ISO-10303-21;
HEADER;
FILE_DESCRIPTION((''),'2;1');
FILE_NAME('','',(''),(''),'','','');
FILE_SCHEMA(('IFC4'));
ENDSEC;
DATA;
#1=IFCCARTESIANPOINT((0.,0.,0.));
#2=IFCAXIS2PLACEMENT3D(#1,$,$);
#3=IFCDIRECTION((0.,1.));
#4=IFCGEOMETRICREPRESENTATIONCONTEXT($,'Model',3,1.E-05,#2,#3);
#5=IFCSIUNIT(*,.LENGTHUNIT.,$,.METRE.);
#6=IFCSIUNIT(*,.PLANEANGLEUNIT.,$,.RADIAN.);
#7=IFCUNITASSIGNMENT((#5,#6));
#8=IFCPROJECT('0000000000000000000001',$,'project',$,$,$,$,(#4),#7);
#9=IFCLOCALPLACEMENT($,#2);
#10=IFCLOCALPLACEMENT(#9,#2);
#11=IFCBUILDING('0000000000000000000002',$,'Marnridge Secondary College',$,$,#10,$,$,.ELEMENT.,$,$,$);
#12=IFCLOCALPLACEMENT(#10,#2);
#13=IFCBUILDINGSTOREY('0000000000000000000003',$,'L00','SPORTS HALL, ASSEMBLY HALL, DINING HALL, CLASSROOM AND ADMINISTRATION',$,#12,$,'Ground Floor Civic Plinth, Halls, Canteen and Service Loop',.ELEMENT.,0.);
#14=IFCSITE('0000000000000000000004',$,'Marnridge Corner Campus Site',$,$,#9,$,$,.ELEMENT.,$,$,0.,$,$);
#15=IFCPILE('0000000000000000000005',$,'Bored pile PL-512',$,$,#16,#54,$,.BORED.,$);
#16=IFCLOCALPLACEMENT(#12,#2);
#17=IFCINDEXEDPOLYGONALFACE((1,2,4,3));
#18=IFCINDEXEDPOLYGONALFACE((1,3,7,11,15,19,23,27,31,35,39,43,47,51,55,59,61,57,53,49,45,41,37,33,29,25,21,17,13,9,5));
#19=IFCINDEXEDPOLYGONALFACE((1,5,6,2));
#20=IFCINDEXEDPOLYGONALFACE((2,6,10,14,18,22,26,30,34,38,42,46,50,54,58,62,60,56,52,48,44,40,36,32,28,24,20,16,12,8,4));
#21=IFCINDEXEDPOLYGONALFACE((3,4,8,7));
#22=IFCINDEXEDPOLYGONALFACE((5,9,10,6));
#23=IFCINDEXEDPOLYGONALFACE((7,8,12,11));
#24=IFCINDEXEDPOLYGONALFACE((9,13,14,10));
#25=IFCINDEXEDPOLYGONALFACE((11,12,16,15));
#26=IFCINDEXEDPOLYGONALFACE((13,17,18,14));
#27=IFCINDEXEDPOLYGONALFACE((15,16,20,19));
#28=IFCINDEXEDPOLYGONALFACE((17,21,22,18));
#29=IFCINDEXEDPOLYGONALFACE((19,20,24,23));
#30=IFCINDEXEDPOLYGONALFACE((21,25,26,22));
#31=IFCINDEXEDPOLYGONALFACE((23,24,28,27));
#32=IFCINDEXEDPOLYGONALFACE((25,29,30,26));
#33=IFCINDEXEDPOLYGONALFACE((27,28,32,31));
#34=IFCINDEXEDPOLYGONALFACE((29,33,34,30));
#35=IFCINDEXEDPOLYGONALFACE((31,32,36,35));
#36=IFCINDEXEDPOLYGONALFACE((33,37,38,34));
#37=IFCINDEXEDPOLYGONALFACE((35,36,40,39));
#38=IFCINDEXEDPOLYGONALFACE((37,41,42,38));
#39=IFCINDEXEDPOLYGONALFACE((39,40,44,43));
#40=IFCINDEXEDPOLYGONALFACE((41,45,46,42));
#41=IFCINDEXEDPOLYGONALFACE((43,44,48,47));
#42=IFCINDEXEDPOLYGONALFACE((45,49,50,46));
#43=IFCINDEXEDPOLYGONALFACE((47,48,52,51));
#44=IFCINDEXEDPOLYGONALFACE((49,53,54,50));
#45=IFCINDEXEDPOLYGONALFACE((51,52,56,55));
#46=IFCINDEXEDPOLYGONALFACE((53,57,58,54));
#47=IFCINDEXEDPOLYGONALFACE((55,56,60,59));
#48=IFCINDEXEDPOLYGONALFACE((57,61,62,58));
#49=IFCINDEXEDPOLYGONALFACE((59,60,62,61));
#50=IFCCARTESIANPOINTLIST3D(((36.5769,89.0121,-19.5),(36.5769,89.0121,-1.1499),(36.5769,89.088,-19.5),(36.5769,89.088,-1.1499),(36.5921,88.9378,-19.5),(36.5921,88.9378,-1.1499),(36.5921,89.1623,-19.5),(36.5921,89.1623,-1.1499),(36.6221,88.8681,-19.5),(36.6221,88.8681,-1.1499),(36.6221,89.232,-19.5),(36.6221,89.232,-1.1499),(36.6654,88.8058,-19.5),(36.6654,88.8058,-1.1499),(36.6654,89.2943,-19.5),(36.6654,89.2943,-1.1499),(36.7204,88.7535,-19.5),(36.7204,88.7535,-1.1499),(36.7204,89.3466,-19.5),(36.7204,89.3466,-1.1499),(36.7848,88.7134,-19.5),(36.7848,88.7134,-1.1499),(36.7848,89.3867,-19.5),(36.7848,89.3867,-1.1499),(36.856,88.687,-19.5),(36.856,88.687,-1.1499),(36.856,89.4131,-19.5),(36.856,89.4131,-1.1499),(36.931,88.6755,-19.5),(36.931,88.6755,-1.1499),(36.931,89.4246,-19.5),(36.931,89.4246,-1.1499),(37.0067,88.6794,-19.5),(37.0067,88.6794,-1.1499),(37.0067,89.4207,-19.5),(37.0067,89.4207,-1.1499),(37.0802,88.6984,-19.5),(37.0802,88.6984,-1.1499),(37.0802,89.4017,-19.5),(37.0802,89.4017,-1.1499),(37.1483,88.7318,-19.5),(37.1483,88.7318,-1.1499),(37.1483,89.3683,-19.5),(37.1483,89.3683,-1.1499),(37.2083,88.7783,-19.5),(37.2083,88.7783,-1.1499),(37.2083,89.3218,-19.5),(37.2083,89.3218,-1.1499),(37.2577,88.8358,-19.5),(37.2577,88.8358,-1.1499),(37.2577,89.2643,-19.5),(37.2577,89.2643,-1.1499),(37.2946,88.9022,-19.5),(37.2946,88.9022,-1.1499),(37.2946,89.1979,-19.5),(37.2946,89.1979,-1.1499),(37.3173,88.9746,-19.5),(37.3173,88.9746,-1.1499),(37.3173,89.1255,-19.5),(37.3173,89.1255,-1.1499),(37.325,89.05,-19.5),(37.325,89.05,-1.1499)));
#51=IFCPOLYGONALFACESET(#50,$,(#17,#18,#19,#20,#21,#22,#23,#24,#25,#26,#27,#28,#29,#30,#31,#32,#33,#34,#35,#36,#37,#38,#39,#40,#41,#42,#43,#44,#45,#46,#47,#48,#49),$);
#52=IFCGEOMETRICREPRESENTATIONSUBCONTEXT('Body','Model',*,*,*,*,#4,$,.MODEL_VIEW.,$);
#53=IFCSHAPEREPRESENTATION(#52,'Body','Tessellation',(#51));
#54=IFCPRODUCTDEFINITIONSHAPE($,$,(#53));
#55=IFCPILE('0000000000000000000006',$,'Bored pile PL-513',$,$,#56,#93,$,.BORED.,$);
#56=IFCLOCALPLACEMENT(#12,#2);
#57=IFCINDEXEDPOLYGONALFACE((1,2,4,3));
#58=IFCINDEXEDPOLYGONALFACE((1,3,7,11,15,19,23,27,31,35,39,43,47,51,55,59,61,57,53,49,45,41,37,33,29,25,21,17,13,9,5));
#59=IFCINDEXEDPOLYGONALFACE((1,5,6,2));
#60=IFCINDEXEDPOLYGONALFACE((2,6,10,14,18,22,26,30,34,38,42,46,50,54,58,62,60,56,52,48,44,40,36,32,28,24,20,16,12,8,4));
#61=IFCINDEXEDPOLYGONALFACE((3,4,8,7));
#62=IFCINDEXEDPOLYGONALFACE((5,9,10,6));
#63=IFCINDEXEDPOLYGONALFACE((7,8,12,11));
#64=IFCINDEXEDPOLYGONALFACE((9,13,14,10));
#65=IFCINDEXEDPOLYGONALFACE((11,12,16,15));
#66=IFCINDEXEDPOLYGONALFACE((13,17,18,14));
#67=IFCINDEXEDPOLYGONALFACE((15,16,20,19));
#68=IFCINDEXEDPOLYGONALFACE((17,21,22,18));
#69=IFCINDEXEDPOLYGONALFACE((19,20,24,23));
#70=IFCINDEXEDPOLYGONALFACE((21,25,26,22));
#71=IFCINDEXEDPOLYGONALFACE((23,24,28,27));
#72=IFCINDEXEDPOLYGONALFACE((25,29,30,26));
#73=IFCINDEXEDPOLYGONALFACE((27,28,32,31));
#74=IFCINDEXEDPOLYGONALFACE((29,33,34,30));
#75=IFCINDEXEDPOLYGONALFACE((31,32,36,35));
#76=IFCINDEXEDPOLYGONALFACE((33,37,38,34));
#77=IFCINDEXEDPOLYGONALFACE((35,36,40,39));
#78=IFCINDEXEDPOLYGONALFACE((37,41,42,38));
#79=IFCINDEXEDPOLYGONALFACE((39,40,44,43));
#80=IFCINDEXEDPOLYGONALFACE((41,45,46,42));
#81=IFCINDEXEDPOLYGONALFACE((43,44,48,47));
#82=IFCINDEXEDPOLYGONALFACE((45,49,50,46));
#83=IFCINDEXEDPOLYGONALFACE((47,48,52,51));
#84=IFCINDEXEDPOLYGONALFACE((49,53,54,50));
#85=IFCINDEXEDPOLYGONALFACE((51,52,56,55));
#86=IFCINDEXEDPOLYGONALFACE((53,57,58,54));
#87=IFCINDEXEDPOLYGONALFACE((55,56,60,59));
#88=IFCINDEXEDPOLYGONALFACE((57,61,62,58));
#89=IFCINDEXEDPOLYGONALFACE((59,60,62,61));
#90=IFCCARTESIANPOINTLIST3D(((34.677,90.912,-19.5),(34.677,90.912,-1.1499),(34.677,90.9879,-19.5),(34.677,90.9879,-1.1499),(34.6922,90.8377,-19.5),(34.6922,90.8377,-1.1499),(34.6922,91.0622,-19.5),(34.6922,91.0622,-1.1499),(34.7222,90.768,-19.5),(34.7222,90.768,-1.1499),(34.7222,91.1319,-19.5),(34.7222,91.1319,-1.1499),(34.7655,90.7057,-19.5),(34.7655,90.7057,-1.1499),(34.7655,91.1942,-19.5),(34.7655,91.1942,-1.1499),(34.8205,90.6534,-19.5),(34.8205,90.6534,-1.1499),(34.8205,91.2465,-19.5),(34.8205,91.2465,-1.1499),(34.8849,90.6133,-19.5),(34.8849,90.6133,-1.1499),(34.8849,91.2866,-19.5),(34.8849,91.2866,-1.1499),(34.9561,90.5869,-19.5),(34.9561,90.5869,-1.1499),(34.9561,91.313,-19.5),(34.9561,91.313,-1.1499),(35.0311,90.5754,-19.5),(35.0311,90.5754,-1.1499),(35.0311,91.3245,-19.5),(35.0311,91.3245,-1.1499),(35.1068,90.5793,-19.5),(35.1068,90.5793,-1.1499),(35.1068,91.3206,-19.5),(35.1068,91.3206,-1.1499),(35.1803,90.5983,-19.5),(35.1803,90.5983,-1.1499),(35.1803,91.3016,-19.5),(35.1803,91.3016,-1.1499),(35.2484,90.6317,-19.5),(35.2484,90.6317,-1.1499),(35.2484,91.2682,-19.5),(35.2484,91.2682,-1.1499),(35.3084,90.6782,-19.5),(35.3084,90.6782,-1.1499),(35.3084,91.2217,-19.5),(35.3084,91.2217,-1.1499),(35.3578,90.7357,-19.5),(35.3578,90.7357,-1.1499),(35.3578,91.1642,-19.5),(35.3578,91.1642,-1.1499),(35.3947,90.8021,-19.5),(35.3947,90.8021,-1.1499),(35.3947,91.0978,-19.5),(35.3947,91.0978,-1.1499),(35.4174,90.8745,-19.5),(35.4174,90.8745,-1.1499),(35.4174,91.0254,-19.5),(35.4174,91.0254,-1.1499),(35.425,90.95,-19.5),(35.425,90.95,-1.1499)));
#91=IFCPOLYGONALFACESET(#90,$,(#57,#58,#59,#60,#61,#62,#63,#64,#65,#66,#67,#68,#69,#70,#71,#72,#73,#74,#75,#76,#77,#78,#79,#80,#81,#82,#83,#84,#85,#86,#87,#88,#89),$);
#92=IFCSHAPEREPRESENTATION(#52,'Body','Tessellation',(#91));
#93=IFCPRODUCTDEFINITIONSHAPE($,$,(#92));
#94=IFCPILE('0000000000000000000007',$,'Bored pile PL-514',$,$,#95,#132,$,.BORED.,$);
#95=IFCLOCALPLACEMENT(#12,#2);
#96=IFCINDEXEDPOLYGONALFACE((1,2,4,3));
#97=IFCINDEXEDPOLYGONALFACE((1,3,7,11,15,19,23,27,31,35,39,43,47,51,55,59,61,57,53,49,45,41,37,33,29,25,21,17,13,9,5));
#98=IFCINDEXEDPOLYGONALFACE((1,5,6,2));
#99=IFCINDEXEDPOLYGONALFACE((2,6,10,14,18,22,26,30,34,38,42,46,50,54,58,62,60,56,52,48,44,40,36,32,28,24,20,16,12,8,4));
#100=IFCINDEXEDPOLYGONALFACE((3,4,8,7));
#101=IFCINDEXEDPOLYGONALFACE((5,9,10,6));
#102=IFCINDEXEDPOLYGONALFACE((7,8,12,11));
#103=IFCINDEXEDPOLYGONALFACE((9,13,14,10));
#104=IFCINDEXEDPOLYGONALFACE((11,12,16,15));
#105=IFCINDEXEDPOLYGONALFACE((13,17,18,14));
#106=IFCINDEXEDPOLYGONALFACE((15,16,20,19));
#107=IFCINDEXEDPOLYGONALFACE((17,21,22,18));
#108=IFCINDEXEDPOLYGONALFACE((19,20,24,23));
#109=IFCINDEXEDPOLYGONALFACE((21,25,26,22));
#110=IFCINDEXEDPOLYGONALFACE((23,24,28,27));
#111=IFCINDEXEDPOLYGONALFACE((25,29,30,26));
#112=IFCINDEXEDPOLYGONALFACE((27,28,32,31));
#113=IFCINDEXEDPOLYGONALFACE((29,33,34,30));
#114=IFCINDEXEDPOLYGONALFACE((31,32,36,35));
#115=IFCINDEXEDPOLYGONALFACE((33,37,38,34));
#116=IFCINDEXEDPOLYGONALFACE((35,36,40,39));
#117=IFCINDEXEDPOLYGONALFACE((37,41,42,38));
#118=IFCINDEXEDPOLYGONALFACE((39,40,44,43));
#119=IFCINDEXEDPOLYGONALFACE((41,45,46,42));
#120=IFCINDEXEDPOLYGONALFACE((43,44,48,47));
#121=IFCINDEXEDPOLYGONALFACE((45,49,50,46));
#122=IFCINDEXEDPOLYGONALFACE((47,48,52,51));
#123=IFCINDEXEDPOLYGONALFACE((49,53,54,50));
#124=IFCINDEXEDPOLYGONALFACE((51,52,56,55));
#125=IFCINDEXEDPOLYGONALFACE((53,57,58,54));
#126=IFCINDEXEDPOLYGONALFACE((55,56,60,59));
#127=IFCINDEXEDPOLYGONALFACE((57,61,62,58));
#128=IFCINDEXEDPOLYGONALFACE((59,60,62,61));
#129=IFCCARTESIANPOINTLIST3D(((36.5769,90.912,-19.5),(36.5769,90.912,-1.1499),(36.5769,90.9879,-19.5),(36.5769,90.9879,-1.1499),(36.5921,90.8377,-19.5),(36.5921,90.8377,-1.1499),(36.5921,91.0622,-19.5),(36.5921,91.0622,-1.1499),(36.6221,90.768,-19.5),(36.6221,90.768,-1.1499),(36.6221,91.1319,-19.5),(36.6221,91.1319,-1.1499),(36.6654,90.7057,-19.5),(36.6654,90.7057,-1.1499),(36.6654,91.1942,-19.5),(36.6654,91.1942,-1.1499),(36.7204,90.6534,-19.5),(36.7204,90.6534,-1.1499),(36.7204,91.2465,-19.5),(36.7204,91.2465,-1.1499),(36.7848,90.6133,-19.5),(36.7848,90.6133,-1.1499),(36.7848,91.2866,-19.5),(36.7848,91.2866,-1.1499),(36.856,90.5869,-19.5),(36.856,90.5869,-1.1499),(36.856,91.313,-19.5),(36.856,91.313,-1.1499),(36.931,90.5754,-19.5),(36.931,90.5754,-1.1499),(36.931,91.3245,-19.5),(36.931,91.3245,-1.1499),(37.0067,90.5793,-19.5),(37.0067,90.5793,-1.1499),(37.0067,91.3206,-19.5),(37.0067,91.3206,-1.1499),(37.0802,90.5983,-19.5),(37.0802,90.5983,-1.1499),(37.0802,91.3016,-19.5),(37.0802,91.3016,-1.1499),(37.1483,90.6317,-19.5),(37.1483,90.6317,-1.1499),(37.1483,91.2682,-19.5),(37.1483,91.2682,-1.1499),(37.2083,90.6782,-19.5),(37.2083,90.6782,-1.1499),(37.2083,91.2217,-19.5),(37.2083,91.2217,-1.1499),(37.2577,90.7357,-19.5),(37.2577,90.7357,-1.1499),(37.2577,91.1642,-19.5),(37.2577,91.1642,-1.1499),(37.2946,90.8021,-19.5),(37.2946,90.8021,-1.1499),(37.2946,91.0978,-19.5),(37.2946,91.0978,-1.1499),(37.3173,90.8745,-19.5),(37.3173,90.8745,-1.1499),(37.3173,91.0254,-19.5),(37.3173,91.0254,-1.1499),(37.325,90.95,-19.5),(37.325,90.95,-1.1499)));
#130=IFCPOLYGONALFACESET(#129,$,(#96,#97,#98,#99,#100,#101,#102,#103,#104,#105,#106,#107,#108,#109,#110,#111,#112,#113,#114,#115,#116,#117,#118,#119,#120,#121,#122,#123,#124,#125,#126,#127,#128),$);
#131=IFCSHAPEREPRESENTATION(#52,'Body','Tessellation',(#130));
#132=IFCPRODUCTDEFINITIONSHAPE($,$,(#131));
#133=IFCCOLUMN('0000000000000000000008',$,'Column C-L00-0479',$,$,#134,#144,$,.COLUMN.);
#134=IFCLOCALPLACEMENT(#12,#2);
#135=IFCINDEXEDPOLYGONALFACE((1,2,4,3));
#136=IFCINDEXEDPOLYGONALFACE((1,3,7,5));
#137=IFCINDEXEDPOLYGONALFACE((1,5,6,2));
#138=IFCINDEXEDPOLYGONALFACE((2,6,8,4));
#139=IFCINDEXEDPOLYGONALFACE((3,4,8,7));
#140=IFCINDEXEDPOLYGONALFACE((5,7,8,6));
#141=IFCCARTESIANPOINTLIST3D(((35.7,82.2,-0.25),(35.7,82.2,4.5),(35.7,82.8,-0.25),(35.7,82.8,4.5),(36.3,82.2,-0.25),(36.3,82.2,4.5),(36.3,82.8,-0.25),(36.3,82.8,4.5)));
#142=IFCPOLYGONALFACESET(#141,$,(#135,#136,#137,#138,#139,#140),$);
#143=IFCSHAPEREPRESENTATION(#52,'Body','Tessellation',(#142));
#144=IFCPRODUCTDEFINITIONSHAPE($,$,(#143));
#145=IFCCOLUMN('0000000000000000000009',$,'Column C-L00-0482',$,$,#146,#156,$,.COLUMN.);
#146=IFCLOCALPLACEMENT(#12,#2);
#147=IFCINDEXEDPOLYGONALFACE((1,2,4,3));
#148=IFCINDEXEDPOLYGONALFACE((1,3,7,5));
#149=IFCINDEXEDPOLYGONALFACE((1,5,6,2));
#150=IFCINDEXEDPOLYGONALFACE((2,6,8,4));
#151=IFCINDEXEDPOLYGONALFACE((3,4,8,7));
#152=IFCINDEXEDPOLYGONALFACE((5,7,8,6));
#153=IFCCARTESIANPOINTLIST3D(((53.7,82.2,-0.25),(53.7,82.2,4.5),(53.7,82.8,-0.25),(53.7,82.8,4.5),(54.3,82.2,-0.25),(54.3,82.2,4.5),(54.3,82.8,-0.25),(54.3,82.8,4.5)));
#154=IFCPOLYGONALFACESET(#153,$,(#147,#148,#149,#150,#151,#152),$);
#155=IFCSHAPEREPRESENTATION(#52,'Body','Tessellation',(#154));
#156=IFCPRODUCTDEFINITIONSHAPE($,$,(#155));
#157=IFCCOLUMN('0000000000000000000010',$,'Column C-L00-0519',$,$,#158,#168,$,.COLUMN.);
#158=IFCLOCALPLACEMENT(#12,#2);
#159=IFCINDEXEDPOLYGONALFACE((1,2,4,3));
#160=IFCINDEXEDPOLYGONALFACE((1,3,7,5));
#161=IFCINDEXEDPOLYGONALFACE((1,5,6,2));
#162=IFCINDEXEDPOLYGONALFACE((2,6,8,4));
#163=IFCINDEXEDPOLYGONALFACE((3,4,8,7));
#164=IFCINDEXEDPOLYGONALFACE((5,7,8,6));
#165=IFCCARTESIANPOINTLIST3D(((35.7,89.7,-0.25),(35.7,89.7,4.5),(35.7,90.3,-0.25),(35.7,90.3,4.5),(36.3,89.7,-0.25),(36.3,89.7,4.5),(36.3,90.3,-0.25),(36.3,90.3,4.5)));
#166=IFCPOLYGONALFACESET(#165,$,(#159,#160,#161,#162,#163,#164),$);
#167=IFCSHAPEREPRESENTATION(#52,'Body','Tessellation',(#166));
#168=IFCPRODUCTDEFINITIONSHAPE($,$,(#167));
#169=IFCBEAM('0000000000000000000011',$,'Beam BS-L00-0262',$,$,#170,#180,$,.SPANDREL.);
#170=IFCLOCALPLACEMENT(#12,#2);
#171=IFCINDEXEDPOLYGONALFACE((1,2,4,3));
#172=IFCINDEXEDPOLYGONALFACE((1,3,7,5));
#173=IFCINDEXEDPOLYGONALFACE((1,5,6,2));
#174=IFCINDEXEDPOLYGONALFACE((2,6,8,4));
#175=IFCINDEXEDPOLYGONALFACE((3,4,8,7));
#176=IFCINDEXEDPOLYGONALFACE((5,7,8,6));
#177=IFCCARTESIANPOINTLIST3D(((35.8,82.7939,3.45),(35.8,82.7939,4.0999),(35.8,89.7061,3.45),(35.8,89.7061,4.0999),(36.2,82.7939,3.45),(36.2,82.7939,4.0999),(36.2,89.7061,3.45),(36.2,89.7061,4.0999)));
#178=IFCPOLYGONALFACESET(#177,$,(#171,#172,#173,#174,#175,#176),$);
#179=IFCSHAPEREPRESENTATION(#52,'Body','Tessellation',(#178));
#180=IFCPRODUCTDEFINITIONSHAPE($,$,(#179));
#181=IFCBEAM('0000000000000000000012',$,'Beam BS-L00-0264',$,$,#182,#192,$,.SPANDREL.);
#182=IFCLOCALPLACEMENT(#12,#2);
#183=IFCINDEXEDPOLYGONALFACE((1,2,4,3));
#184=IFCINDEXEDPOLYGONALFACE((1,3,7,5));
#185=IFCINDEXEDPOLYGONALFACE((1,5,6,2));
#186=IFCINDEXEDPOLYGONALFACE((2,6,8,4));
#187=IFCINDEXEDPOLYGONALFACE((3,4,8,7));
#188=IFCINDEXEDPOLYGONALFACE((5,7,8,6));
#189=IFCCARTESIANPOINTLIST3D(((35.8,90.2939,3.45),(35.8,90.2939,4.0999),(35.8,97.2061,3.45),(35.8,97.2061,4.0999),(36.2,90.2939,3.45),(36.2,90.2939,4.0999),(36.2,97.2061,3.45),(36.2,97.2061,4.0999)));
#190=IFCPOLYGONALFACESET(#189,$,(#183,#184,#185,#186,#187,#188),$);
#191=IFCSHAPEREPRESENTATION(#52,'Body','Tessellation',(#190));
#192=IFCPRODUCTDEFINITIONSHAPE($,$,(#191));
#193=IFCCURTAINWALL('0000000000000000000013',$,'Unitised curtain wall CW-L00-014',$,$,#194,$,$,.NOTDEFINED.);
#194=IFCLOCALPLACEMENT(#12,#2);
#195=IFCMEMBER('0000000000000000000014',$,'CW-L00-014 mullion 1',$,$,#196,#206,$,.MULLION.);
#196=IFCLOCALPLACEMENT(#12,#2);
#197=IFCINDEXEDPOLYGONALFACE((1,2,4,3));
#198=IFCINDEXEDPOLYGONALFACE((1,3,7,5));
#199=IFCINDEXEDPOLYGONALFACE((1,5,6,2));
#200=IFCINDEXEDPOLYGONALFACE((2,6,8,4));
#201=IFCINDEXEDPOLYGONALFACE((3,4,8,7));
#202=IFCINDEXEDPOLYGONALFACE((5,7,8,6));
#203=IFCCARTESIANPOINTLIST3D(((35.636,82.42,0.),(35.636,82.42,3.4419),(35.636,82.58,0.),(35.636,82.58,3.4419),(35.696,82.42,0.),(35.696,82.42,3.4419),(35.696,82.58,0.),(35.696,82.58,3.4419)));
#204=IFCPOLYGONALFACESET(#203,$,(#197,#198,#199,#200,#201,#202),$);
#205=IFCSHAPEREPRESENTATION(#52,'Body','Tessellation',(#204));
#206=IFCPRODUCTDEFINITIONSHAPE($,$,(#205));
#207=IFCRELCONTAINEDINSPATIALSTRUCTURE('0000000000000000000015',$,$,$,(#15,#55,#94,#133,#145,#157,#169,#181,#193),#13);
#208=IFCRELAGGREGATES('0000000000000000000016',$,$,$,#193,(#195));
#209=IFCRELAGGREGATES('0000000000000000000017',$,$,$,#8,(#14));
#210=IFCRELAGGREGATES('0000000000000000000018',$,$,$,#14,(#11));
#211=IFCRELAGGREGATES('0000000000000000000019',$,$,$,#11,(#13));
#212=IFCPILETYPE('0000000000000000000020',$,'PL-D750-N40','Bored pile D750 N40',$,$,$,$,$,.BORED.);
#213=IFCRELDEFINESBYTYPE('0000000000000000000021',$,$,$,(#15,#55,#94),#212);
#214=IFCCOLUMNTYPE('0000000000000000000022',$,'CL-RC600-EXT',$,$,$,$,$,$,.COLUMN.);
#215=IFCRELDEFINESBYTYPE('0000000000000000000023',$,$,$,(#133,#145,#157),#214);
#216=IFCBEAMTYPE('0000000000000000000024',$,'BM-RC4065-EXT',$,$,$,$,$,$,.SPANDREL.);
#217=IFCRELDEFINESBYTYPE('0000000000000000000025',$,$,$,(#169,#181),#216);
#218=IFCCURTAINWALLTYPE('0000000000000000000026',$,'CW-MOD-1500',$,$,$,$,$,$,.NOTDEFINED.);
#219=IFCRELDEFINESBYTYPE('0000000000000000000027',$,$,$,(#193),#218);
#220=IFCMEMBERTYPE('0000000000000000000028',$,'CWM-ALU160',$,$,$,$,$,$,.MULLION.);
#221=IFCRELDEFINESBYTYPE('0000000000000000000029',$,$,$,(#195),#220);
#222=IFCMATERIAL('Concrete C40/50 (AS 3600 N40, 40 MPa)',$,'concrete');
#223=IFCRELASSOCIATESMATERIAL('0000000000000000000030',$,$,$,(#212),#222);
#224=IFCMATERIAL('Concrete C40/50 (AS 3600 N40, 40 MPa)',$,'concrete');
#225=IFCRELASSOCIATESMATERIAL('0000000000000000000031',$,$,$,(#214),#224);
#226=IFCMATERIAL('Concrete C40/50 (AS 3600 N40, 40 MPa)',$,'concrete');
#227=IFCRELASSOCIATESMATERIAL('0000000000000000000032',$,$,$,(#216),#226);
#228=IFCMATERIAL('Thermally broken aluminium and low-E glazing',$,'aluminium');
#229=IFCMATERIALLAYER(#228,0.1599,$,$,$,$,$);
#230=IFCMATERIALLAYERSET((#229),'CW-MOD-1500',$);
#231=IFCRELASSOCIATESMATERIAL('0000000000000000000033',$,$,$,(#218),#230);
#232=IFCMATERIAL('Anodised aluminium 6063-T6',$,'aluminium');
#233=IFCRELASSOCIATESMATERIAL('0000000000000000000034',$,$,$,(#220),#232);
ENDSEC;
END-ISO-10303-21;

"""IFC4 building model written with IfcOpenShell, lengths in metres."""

from ifc_helpers import new_model, si_unit, direction, frame, origin, origin_2d, place, context, subcontext, project, spatial, rectangle, circle, extrude, material, layer, layer_set, material_profile, profile_set, type_object, element, aggregate, save


model = new_model("IFC4")

# Units and contexts
model_context = context("Model", 3, precision=1e-05, world=origin(), true_north=direction((0.0, 1.0)))
body_context = subcontext(model_context, "Body", "Model", "MODEL_VIEW")
ifc_project = project(units=[si_unit("LENGTHUNIT", "METRE"), si_unit("PLANEANGLEUNIT", "RADIAN")], contexts=[model_context])

# Site, building, storey
site_placement = place(None, origin())
site = spatial("IfcSite", under=ifc_project, at=site_placement, Name="Marnridge Corner Campus Site", CompositionType="ELEMENT", RefElevation=0.0)
building_placement = place(site_placement, origin())
building = spatial("IfcBuilding", under=site, at=building_placement, Name="Marnridge Secondary College", CompositionType="ELEMENT")
storey_placement = place(building_placement, origin())
storey = spatial("IfcBuildingStorey", under=building, at=storey_placement, Name="L00", Description="SPORTS HALL, ASSEMBLY HALL, DINING HALL, CLASSROOM AND ADMINISTRATION", LongName="Ground Floor Civic Plinth, Halls, Canteen and Service Loop", CompositionType="ELEMENT", Elevation=0.0)

# Piles
ifc_material_1 = material(Name="Concrete C40/50 (AS 3600 N40, 40 MPa)", Category="concrete")
ifc_material_profile_1 = material_profile(ifc_material_1, circle(Radius=0.375, at=origin_2d()), Name="PILE D750")
ifc_profile_set_1 = profile_set([ifc_material_profile_1], Name="Concrete C40/50 (AS 3600 N40, 40 MPa)")
pile_type_1 = type_object("IfcPileType", Name="PL-D750-N40", Description="Bored pile D750 N40", PredefinedType="BORED", material=ifc_profile_set_1)
for number, where, z_axis, x_axis, name in (
    (1, (36.95, 89.05, -1.1499), (0.0, 0.0, -1.0), (1.0, 0.0, 0.0), "Bored pile PL-512"),
    (2, (35.05, 90.95, -1.1499), (0.0, 0.0, -1.0), (1.0, 0.0, 0.0), "Bored pile PL-513"),
    (3, (36.95, 90.95, -1.1499), (0.0, 0.0, -1.0), (1.0, 0.0, 0.0), "Bored pile PL-514"),
):
    element("IfcPile", number, at=place(storey_placement, frame(where, z_axis=z_axis, x_axis=x_axis)), inside=storey, type_object=pile_type_1, Name=name, PredefinedType="BORED", context=body_context, shape_type="SweptSolid", body=[
        extrude(circle(Radius=0.375, at=origin_2d()), origin(), (0.0, 0.0, 1.0), 18.3501),
    ])

# Columns
ifc_material_2 = material(Name="Concrete C40/50 (AS 3600 N40, 40 MPa)", Category="concrete")
ifc_material_profile_2 = material_profile(ifc_material_2, rectangle(XDim=0.6001, YDim=0.6001, at=origin_2d()), Name="RC 600x600")
ifc_profile_set_2 = profile_set([ifc_material_profile_2], Name="Concrete C40/50 (AS 3600 N40, 40 MPa)")
column_type = type_object("IfcColumnType", Name="CL-RC600-EXT", PredefinedType="COLUMN", material=ifc_profile_set_2)
for number, where, z_axis, x_axis, name in (
    (4, (36.0, 82.5, -0.25), (0.0, 0.0, 1.0), (1.0, 0.0, 0.0), "Column C-L00-0479"),
    (5, (54.0, 82.5, -0.25), (0.0, 0.0, 1.0), (1.0, 0.0, 0.0), "Column C-L00-0482"),
    (6, (36.0, 90.0, -0.25), (0.0, 0.0, 1.0), (1.0, 0.0, 0.0), "Column C-L00-0519"),
):
    element("IfcColumn", number, at=place(storey_placement, frame(where, z_axis=z_axis, x_axis=x_axis)), inside=storey, type_object=column_type, Name=name, PredefinedType="COLUMN", context=body_context, shape_type="SweptSolid", body=[
        extrude(rectangle(XDim=0.6001, YDim=0.6001, at=origin_2d()), origin(), (0.0, 0.0, 1.0), 4.75),
    ])

# Beams
ifc_material_3 = material(Name="Concrete C40/50 (AS 3600 N40, 40 MPa)", Category="concrete")
ifc_material_profile_3 = material_profile(ifc_material_3, rectangle(XDim=0.3999, YDim=0.6499, at=origin_2d()), Name="RC 400x650")
ifc_profile_set_3 = profile_set([ifc_material_profile_3], Name="Concrete C40/50 (AS 3600 N40, 40 MPa)")
beam_type = type_object("IfcBeamType", Name="BM-RC4065-EXT", PredefinedType="SPANDREL", material=ifc_profile_set_3)
for number, where, z_axis, x_axis, name in (
    (7, (36.0, 82.7939, 3.7749), (0.0, 1.0, 0.0), (-1.0, 0.0, 0.0), "Beam BS-L00-0262"),
    (8, (36.0, 90.2939, 3.7749), (0.0, 1.0, 0.0), (-1.0, 0.0, 0.0), "Beam BS-L00-0264"),
):
    element("IfcBeam", number, at=place(storey_placement, frame(where, z_axis=z_axis, x_axis=x_axis)), inside=storey, type_object=beam_type, Name=name, PredefinedType="SPANDREL", context=body_context, shape_type="SweptSolid", body=[
        extrude(rectangle(XDim=0.3999, YDim=0.6499, at=origin_2d()), origin(), (0.0, 0.0, 1.0), 6.9121),
    ])

# Curtain wall, member
ifc_material_4 = material(Name="Thermally broken aluminium and low-E glazing", Category="aluminium")
ifc_layer_1 = layer(ifc_material_4, 0.1599)
ifc_layer_set_1 = layer_set([ifc_layer_1], Name="CW-MOD-1500")
curtain_wall_type = type_object("IfcCurtainWallType", Name="CW-MOD-1500", PredefinedType="NOTDEFINED", material=ifc_layer_set_1)
curtain_wall_placement = place(storey_placement, origin())
curtain_wall = element("IfcCurtainWall", 9, at=curtain_wall_placement, inside=storey, type_object=curtain_wall_type, Name="Unitised curtain wall CW-L00-014", PredefinedType="NOTDEFINED")
ifc_material_5 = material(Name="Anodised aluminium 6063-T6", Category="aluminium")
ifc_material_profile_4 = material_profile(ifc_material_5, rectangle(XDim=0.0601, YDim=0.1599, at=origin_2d()), Name="ALU 60x160")
ifc_profile_set_4 = profile_set([ifc_material_profile_4], Name="Anodised aluminium 6063-T6")
member_type_1 = type_object("IfcMemberType", Name="CWM-ALU160", PredefinedType="MULLION", material=ifc_profile_set_4)
member_1_placement = place(storey_placement, frame((35.666, 82.5, 0.0), z_axis=(0.0, 0.0, 1.0), x_axis=(-1.0, 0.0, 0.0)))
member_1 = element("IfcMember", 10, at=member_1_placement, type_object=member_type_1, Name="CW-L00-014 mullion 1", PredefinedType="MULLION", context=body_context, shape_type="SweptSolid", body=[
    extrude(rectangle(XDim=0.0601, YDim=0.1599, at=origin_2d()), origin(), (0.0, 0.0, 1.0), 3.4419),
])
aggregate(curtain_wall, [member_1])

save(model, "model.ifc")
